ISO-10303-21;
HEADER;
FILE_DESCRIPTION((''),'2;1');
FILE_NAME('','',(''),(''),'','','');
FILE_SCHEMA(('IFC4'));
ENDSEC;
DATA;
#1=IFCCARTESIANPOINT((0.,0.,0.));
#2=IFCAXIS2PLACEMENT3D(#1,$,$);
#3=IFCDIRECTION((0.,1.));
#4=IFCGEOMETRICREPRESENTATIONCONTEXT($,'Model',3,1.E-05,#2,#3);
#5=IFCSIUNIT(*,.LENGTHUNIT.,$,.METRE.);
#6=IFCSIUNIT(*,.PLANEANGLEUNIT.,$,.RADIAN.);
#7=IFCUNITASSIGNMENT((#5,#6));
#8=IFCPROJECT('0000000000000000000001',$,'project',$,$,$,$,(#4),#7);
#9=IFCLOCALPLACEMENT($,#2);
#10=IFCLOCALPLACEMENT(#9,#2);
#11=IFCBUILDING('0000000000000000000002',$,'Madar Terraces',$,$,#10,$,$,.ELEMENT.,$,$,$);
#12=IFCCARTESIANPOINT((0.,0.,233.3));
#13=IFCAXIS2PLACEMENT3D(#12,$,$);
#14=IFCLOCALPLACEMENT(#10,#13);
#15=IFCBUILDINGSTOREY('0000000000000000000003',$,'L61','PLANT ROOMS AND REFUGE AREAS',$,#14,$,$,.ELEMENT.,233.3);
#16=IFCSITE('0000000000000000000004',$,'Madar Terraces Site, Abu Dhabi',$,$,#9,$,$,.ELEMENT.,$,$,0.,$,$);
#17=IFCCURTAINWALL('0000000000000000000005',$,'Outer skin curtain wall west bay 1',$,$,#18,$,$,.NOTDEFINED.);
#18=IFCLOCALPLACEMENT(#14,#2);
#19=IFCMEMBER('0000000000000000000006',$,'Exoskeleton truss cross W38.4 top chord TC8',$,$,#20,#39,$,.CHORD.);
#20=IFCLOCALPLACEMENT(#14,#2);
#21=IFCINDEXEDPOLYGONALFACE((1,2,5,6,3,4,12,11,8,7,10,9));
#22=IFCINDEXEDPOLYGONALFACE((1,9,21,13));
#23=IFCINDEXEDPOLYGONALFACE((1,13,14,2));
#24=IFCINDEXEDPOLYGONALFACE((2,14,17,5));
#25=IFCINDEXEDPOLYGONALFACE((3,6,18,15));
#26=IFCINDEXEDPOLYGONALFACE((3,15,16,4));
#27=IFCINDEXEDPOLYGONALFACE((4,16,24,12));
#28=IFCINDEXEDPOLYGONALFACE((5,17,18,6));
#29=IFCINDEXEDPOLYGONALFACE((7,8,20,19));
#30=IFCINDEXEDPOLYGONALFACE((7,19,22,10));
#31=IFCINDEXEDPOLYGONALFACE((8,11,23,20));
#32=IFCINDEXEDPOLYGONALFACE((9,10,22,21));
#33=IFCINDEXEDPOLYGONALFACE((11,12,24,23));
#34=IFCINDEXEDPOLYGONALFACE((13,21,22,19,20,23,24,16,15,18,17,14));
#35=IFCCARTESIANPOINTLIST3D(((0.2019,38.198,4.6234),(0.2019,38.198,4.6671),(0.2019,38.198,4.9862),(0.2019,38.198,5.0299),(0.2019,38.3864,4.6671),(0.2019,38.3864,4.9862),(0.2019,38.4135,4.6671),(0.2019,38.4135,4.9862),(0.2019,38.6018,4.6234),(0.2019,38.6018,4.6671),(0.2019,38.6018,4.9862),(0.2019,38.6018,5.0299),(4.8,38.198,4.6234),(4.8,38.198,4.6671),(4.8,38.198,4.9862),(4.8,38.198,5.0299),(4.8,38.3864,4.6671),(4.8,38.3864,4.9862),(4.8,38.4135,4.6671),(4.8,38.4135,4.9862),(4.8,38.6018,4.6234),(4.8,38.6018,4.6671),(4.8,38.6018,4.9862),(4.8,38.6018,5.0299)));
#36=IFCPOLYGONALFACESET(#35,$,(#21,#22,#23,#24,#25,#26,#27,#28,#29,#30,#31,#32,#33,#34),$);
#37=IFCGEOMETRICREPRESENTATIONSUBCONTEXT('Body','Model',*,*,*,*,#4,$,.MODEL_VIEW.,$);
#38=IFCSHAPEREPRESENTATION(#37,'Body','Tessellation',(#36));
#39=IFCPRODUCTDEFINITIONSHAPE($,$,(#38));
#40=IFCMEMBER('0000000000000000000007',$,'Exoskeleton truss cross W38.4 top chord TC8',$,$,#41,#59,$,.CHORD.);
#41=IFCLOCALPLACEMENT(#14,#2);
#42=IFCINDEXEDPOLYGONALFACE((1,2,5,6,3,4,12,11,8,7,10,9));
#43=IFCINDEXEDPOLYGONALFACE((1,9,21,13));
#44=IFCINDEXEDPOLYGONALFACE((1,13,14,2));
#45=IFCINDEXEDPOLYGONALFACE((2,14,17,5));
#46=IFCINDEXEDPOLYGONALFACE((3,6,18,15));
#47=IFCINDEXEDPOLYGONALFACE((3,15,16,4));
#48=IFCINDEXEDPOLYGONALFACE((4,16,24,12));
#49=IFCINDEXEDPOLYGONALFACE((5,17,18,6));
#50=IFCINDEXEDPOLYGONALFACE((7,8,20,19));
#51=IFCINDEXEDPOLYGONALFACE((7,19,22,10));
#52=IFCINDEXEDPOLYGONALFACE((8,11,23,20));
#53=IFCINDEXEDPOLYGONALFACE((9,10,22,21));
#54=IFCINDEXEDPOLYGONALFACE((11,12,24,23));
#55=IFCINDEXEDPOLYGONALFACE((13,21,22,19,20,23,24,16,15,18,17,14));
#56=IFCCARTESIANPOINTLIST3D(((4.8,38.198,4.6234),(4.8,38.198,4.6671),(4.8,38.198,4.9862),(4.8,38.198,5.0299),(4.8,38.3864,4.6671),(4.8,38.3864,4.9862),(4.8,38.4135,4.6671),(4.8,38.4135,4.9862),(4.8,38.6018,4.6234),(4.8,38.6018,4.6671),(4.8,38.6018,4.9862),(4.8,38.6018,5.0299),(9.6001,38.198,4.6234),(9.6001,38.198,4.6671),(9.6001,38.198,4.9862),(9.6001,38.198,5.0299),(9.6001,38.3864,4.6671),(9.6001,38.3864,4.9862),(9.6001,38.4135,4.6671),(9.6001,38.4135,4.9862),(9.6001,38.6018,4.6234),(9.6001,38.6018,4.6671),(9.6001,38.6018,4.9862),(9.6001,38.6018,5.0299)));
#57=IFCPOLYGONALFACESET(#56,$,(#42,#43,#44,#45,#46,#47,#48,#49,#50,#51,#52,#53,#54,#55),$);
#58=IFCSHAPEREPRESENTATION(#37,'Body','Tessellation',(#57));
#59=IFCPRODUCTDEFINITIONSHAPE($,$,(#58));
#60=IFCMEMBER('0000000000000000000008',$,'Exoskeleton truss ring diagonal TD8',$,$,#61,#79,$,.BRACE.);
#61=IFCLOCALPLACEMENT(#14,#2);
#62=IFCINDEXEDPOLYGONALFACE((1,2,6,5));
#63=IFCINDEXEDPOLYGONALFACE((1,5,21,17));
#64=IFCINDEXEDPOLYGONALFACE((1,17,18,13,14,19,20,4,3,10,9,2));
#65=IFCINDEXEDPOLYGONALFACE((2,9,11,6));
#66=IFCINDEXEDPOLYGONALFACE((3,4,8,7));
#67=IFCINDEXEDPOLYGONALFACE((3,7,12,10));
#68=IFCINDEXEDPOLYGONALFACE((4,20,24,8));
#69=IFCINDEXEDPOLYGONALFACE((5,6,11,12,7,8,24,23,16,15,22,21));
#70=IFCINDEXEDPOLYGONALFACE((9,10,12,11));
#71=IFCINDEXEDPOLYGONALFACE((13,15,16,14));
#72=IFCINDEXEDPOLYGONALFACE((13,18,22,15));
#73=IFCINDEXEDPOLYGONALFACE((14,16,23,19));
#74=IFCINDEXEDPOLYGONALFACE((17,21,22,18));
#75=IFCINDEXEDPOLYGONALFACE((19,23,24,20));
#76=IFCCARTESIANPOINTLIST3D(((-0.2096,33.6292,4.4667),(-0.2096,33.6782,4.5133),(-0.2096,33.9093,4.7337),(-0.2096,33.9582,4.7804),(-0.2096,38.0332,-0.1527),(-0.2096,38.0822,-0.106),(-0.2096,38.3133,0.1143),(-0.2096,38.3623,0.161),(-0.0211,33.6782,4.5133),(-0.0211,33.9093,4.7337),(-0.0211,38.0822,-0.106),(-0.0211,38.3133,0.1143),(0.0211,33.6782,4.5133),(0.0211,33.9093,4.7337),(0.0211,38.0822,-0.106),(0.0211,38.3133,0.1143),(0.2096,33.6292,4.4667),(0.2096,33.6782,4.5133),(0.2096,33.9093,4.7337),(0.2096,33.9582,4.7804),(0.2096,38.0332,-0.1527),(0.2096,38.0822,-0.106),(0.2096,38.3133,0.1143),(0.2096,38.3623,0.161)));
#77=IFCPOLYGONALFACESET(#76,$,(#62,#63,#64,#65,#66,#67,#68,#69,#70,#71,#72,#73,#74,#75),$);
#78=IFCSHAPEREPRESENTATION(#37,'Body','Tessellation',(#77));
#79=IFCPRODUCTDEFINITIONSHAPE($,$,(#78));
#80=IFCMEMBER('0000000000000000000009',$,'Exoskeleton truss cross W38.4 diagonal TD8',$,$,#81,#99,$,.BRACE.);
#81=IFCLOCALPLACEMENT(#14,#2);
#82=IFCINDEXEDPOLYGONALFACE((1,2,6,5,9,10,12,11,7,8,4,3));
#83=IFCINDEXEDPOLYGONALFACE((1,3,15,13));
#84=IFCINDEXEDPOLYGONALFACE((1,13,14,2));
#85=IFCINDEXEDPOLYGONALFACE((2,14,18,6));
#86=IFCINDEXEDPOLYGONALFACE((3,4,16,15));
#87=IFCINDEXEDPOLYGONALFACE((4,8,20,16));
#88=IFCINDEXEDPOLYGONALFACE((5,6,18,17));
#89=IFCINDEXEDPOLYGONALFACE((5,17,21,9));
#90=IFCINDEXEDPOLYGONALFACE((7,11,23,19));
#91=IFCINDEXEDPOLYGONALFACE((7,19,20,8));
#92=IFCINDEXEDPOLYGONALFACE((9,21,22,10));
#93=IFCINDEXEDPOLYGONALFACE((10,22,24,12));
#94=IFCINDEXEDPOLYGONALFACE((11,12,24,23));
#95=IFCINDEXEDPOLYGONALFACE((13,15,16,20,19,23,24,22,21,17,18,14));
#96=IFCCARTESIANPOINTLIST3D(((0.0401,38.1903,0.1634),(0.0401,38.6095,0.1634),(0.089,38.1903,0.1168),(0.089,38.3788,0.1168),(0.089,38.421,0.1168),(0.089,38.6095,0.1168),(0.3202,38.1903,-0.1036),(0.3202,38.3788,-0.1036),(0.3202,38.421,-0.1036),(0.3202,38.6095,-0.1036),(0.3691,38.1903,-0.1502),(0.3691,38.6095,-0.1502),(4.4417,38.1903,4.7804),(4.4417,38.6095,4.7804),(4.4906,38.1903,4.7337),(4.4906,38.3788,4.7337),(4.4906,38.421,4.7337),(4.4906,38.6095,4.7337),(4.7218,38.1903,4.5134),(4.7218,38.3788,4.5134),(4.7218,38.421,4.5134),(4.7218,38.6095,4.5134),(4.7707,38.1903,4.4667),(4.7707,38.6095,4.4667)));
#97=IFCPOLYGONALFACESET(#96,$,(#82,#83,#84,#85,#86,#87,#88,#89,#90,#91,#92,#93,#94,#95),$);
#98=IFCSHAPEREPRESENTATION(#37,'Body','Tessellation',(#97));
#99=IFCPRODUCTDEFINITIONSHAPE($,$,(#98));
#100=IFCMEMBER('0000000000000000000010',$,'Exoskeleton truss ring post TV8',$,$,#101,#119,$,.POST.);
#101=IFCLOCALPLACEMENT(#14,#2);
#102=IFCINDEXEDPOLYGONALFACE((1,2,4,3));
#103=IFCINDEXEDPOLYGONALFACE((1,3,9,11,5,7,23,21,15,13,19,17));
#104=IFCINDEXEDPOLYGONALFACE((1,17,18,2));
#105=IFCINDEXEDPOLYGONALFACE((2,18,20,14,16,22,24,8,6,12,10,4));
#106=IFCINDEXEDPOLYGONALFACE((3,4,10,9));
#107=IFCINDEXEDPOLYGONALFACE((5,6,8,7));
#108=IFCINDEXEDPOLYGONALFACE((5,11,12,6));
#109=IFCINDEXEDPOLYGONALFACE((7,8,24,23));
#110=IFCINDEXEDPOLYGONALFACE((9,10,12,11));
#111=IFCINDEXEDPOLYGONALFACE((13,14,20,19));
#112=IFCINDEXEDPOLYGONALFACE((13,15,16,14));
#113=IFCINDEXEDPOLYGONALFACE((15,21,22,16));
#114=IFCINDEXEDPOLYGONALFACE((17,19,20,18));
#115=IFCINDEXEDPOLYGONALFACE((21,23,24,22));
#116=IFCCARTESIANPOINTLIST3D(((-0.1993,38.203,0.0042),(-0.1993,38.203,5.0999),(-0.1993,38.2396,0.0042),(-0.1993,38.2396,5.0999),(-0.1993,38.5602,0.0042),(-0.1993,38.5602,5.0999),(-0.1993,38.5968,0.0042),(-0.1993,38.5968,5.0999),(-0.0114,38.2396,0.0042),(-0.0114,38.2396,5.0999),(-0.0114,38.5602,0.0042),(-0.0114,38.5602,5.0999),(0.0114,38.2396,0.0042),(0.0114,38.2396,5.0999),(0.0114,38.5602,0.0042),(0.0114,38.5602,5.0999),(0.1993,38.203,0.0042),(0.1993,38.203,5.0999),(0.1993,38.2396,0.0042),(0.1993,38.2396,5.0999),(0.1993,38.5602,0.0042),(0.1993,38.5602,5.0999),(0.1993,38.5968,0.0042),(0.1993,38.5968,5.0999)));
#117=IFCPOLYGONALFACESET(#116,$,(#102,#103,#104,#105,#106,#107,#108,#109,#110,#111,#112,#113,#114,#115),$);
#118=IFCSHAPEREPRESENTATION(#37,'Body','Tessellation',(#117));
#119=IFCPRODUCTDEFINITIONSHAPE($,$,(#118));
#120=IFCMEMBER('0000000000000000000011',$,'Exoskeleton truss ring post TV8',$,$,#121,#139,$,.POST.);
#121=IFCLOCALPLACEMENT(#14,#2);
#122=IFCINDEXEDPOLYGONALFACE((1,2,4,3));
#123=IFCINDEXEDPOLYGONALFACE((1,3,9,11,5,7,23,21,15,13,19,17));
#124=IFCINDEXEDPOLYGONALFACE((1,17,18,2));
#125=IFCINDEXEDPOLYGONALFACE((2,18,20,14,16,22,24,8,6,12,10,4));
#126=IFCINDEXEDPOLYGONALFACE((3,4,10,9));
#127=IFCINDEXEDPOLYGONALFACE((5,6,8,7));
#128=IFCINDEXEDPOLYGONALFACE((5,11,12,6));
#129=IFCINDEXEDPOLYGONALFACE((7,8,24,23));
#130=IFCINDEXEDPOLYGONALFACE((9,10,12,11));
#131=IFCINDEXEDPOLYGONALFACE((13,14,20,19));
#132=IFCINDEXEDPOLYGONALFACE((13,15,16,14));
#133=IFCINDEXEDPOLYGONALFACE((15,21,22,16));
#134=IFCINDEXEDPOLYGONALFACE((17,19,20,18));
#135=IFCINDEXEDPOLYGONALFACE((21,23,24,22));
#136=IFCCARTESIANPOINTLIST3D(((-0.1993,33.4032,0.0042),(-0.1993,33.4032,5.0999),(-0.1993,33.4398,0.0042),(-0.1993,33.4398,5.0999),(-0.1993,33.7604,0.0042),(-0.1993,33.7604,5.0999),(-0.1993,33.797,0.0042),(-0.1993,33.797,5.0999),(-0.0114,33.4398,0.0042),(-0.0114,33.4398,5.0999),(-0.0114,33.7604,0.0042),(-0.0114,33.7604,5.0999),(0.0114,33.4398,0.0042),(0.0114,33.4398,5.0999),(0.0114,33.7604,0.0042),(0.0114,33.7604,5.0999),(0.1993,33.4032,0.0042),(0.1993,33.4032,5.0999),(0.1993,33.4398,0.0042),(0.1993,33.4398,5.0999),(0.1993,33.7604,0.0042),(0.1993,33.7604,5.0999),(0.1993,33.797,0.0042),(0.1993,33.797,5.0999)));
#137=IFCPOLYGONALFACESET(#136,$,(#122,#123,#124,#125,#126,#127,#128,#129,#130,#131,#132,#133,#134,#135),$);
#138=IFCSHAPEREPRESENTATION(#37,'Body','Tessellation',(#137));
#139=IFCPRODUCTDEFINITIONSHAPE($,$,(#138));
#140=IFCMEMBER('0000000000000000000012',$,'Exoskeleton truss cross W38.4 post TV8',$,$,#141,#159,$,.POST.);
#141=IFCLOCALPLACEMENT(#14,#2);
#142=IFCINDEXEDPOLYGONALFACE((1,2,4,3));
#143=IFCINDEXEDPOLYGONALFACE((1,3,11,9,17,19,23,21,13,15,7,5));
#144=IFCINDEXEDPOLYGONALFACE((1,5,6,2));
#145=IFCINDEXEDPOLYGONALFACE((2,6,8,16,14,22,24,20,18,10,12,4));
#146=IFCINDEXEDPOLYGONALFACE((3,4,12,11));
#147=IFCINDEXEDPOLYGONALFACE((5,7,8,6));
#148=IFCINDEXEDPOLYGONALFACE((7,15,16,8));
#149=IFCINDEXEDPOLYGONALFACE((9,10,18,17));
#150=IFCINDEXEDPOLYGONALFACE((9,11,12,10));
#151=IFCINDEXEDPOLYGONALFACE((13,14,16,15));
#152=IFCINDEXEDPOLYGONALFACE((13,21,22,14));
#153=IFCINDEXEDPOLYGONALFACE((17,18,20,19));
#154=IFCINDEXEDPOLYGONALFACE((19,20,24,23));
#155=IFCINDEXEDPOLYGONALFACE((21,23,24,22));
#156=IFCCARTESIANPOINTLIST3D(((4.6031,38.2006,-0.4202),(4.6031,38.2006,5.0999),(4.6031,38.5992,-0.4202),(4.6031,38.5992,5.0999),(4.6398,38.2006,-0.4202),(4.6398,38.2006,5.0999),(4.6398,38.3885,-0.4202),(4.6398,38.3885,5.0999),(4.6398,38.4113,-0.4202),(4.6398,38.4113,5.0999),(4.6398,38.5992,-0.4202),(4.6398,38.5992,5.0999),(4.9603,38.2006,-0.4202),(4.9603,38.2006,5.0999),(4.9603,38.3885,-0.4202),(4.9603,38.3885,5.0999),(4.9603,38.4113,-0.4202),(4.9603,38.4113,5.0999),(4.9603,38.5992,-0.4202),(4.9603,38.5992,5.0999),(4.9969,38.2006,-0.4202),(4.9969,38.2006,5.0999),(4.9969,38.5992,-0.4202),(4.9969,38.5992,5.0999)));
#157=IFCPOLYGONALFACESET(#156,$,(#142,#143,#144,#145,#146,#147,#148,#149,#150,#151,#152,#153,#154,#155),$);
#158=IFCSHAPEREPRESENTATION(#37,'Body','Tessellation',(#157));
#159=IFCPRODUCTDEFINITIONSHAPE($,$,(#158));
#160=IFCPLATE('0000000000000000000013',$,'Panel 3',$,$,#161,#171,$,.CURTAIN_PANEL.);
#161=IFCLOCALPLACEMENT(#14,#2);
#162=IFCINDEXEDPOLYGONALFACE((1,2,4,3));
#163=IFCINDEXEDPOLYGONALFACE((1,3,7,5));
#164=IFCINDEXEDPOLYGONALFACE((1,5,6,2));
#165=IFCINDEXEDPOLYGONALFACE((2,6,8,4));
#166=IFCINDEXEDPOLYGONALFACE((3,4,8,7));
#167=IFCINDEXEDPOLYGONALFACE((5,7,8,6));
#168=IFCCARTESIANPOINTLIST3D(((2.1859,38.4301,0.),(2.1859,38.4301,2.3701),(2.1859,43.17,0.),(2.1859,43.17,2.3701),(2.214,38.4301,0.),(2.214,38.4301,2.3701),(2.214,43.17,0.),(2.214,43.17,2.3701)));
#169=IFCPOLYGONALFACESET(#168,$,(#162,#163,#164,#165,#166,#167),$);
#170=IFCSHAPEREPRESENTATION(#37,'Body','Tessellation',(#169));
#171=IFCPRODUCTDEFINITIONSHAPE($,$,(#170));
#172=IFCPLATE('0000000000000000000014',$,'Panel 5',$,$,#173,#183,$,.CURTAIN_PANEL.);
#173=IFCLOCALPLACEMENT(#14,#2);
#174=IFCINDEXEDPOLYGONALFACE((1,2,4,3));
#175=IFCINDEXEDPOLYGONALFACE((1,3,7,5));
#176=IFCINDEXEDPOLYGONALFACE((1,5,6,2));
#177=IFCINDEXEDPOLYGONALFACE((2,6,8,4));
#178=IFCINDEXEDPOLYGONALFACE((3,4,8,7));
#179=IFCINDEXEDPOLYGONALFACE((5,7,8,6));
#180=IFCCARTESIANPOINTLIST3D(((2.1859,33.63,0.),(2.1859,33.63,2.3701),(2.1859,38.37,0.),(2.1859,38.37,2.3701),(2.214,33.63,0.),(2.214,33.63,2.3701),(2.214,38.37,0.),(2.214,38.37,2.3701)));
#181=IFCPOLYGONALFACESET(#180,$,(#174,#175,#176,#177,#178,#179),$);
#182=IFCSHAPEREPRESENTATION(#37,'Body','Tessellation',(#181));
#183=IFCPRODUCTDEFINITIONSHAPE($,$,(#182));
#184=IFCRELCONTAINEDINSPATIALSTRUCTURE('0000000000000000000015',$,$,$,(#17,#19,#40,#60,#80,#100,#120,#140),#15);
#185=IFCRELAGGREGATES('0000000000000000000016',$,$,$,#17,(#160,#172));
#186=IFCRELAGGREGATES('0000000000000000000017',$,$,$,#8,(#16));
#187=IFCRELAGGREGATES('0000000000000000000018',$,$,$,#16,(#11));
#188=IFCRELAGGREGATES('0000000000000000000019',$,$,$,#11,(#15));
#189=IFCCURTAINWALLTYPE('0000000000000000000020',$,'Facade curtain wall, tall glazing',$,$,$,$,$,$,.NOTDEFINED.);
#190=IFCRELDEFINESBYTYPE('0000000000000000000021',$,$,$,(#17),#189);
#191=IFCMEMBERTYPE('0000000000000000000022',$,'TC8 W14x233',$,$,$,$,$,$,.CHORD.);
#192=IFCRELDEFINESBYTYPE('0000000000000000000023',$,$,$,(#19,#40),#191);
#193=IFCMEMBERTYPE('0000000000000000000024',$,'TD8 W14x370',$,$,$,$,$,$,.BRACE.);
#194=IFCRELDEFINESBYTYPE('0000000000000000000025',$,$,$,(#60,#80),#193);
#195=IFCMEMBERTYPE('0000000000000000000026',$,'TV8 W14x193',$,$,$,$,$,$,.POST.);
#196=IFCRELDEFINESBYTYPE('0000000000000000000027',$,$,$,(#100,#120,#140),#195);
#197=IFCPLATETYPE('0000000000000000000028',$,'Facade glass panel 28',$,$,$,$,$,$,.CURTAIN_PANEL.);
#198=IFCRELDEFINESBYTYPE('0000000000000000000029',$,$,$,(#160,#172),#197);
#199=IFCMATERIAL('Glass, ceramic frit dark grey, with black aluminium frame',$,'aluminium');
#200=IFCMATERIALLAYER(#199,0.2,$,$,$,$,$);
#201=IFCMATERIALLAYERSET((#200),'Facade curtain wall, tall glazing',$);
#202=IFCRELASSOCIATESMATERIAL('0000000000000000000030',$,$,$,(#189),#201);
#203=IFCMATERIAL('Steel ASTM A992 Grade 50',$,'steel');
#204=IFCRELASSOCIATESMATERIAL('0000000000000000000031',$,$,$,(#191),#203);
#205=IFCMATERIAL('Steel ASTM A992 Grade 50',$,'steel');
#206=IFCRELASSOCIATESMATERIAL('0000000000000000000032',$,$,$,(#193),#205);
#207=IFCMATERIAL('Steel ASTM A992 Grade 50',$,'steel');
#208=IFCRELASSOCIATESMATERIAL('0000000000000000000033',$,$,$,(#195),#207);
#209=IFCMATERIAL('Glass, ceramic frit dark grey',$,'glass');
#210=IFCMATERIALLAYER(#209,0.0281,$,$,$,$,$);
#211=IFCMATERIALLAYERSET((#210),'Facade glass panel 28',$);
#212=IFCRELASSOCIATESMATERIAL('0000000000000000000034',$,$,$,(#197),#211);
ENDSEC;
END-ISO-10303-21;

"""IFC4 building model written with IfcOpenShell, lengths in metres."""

from ifc_helpers import new_model, si_unit, direction, frame, origin, origin_2d, place, context, subcontext, project, spatial, rectangle, i_section, extrude, material, layer, layer_set, material_profile, profile_set, type_object, element, aggregate, save


model = new_model("IFC4")

# Units and contexts
model_context = context("Model", 3, precision=1e-05, world=origin(), true_north=direction((0.0, 1.0)))
body_context = subcontext(model_context, "Body", "Model", "MODEL_VIEW")
ifc_project = project(units=[si_unit("LENGTHUNIT", "METRE"), si_unit("PLANEANGLEUNIT", "RADIAN")], contexts=[model_context])

# Site, building, storey
site_placement = place(None, origin())
site = spatial("IfcSite", under=ifc_project, at=site_placement, Name="Madar Terraces Site, Abu Dhabi", CompositionType="ELEMENT", RefElevation=0.0)
building_placement = place(site_placement, origin())
building = spatial("IfcBuilding", under=site, at=building_placement, Name="Madar Terraces", CompositionType="ELEMENT")
storey_placement = place(building_placement, frame((0.0, 0.0, 233.3)))
storey = spatial("IfcBuildingStorey", under=building, at=storey_placement, Name="L61", Description="PLANT ROOMS AND REFUGE AREAS", CompositionType="ELEMENT", Elevation=233.3)

# Curtain wall
ifc_material_1 = material(Name="Glass, ceramic frit dark grey, with black aluminium frame", Category="aluminium")
ifc_layer_1 = layer(ifc_material_1, 0.2)
ifc_layer_set_1 = layer_set([ifc_layer_1], Name="Facade curtain wall, tall glazing")
curtain_wall_type = type_object("IfcCurtainWallType", Name="Facade curtain wall, tall glazing", PredefinedType="NOTDEFINED", material=ifc_layer_set_1)
curtain_wall_placement = place(storey_placement, origin())
curtain_wall = element("IfcCurtainWall", 1, at=curtain_wall_placement, inside=storey, type_object=curtain_wall_type, Name="Outer skin curtain wall west bay 1", PredefinedType="NOTDEFINED")

# Members
ifc_material_2 = material(Name="Steel ASTM A992 Grade 50", Category="steel")
ifc_material_profile_1 = material_profile(ifc_material_2, i_section(OverallWidth=0.4038, OverallDepth=0.4065, WebThickness=0.0271, FlangeThickness=0.0437, at=origin_2d()), Name="W14x233")
ifc_profile_set_1 = profile_set([ifc_material_profile_1], Name="Steel ASTM A992 Grade 50")
member_type_1 = type_object("IfcMemberType", Name="TC8 W14x233", PredefinedType="CHORD", material=ifc_profile_set_1)
member_1_placement = place(storey_placement, frame((0.2019, 38.3999, 4.8267), z_axis=(1.0, 0.0, 0.0), x_axis=(0.0, 1.0, 0.0)))
element("IfcMember", 2, at=member_1_placement, inside=storey, type_object=member_type_1, Name="Exoskeleton truss cross W38.4 top chord TC8", PredefinedType="CHORD", context=body_context, shape_type="SweptSolid", body=[
    extrude(i_section(OverallWidth=0.4038, OverallDepth=0.4065, WebThickness=0.0271, FlangeThickness=0.0437, at=origin_2d()), origin(), (0.0, 0.0, 1.0), 4.5981),
])
member_2_placement = place(storey_placement, frame((4.8, 38.3999, 4.8267), z_axis=(1.0, 0.0, 0.0), x_axis=(0.0, 1.0, 0.0)))
element("IfcMember", 3, at=member_2_placement, inside=storey, type_object=member_type_1, Name="Exoskeleton truss cross W38.4 top chord TC8", PredefinedType="CHORD", context=body_context, shape_type="SweptSolid", body=[
    extrude(i_section(OverallWidth=0.4038, OverallDepth=0.4065, WebThickness=0.0271, FlangeThickness=0.0437, at=origin_2d()), origin(), (0.0, 0.0, 1.0), 4.8),
])
ifc_material_3 = material(Name="Steel ASTM A992 Grade 50", Category="steel")
ifc_material_profile_2 = material_profile(ifc_material_3, i_section(OverallWidth=0.4192, OverallDepth=0.4546, WebThickness=0.0422, FlangeThickness=0.0676, at=origin_2d()), Name="W14x370")
ifc_profile_set_2 = profile_set([ifc_material_profile_2], Name="Steel ASTM A992 Grade 50")
member_type_2 = type_object("IfcMemberType", Name="TD8 W14x370", PredefinedType="BRACE", material=ifc_profile_set_2)
member_3_placement = place(storey_placement, frame((0.0, 38.1978, 0.0042), z_axis=(0.0, -0.690036, 0.723775), x_axis=(1.0, 0.0, 0.0)))
element("IfcMember", 4, at=member_3_placement, inside=storey, type_object=member_type_2, Name="Exoskeleton truss ring diagonal TD8", PredefinedType="BRACE", context=body_context, shape_type="SweptSolid", body=[
    extrude(i_section(OverallWidth=0.4192, OverallDepth=0.4546, WebThickness=0.0422, FlangeThickness=0.0676, at=origin_2d()), origin(), (0.0, 0.0, 1.0), 6.3823),
])
member_4_placement = place(storey_placement, frame((0.2046, 38.3999, 0.0066), z_axis=(0.690027, 0.0, 0.723784), x_axis=(0.0, 1.0, 0.0)))
element("IfcMember", 5, at=member_4_placement, inside=storey, type_object=member_type_2, Name="Exoskeleton truss cross W38.4 diagonal TD8", PredefinedType="BRACE", context=body_context, shape_type="SweptSolid", body=[
    extrude(i_section(OverallWidth=0.4192, OverallDepth=0.4546, WebThickness=0.0422, FlangeThickness=0.0676, at=origin_2d()), origin(), (0.0, 0.0, 1.0), 6.3789),
])
ifc_material_4 = material(Name="Steel ASTM A992 Grade 50", Category="steel")
ifc_material_profile_3 = material_profile(ifc_material_4, i_section(OverallWidth=0.3987, OverallDepth=0.3938, WebThickness=0.0227, FlangeThickness=0.0366, at=origin_2d()), Name="W14x193")
ifc_profile_set_3 = profile_set([ifc_material_profile_3], Name="Steel ASTM A992 Grade 50")
member_type_3 = type_object("IfcMemberType", Name="TV8 W14x193", PredefinedType="POST", material=ifc_profile_set_3)
for number, where, z_axis, x_axis, name in (
    (6, (0.0, 38.3999, 0.0042), (0.0, 0.0, 1.0), (1.0, 0.0, 0.0), "Exoskeleton truss ring post TV8"),
    (7, (0.0, 33.6001, 0.0042), (0.0, 0.0, 1.0), (1.0, 0.0, 0.0), "Exoskeleton truss ring post TV8"),
):
    element("IfcMember", number, at=place(storey_placement, frame(where, z_axis=z_axis, x_axis=x_axis)), inside=storey, type_object=member_type_3, Name=name, PredefinedType="POST", context=body_context, shape_type="SweptSolid", body=[
        extrude(i_section(OverallWidth=0.3987, OverallDepth=0.3938, WebThickness=0.0227, FlangeThickness=0.0366, at=origin_2d()), origin(), (0.0, 0.0, 1.0), 5.0957),
    ])
member_5_placement = place(storey_placement, frame((4.8, 38.3999, -0.4202), z_axis=(0.0, 0.0, 1.0), x_axis=(0.0, 1.0, 0.0)))
element("IfcMember", 8, at=member_5_placement, inside=storey, type_object=member_type_3, Name="Exoskeleton truss cross W38.4 post TV8", PredefinedType="POST", context=body_context, shape_type="SweptSolid", body=[
    extrude(i_section(OverallWidth=0.3987, OverallDepth=0.3938, WebThickness=0.0227, FlangeThickness=0.0366, at=origin_2d()), origin(), (0.0, 0.0, 1.0), 5.52),
])

# Plates
ifc_material_5 = material(Name="Glass, ceramic frit dark grey", Category="glass")
ifc_layer_2 = layer(ifc_material_5, 0.0281)
ifc_layer_set_2 = layer_set([ifc_layer_2], Name="Facade glass panel 28")
plate_type = type_object("IfcPlateType", Name="Facade glass panel 28", PredefinedType="CURTAIN_PANEL", material=ifc_layer_set_2)
plate_1_placement = place(storey_placement, frame((2.2, 40.8, 0.0), z_axis=(0.0, 0.0, 1.0), x_axis=(0.0, -1.0, 0.0)))
plate_1 = element("IfcPlate", 9, at=plate_1_placement, type_object=plate_type, Name="Panel 3", PredefinedType="CURTAIN_PANEL", context=body_context, shape_type="SweptSolid", body=[
    extrude(rectangle(XDim=4.74, YDim=0.0281, at=origin_2d()), origin(), (0.0, 0.0, 1.0), 2.3701),
])
plate_2_placement = place(storey_placement, frame((2.2, 36.0, 0.0), z_axis=(0.0, 0.0, 1.0), x_axis=(0.0, -1.0, 0.0)))
plate_2 = element("IfcPlate", 10, at=plate_2_placement, type_object=plate_type, Name="Panel 5", PredefinedType="CURTAIN_PANEL", context=body_context, shape_type="SweptSolid", body=[
    extrude(rectangle(XDim=4.74, YDim=0.0281, at=origin_2d()), origin(), (0.0, 0.0, 1.0), 2.3701),
])
aggregate(curtain_wall, [plate_1, plate_2])

save(model, "model.ifc")
